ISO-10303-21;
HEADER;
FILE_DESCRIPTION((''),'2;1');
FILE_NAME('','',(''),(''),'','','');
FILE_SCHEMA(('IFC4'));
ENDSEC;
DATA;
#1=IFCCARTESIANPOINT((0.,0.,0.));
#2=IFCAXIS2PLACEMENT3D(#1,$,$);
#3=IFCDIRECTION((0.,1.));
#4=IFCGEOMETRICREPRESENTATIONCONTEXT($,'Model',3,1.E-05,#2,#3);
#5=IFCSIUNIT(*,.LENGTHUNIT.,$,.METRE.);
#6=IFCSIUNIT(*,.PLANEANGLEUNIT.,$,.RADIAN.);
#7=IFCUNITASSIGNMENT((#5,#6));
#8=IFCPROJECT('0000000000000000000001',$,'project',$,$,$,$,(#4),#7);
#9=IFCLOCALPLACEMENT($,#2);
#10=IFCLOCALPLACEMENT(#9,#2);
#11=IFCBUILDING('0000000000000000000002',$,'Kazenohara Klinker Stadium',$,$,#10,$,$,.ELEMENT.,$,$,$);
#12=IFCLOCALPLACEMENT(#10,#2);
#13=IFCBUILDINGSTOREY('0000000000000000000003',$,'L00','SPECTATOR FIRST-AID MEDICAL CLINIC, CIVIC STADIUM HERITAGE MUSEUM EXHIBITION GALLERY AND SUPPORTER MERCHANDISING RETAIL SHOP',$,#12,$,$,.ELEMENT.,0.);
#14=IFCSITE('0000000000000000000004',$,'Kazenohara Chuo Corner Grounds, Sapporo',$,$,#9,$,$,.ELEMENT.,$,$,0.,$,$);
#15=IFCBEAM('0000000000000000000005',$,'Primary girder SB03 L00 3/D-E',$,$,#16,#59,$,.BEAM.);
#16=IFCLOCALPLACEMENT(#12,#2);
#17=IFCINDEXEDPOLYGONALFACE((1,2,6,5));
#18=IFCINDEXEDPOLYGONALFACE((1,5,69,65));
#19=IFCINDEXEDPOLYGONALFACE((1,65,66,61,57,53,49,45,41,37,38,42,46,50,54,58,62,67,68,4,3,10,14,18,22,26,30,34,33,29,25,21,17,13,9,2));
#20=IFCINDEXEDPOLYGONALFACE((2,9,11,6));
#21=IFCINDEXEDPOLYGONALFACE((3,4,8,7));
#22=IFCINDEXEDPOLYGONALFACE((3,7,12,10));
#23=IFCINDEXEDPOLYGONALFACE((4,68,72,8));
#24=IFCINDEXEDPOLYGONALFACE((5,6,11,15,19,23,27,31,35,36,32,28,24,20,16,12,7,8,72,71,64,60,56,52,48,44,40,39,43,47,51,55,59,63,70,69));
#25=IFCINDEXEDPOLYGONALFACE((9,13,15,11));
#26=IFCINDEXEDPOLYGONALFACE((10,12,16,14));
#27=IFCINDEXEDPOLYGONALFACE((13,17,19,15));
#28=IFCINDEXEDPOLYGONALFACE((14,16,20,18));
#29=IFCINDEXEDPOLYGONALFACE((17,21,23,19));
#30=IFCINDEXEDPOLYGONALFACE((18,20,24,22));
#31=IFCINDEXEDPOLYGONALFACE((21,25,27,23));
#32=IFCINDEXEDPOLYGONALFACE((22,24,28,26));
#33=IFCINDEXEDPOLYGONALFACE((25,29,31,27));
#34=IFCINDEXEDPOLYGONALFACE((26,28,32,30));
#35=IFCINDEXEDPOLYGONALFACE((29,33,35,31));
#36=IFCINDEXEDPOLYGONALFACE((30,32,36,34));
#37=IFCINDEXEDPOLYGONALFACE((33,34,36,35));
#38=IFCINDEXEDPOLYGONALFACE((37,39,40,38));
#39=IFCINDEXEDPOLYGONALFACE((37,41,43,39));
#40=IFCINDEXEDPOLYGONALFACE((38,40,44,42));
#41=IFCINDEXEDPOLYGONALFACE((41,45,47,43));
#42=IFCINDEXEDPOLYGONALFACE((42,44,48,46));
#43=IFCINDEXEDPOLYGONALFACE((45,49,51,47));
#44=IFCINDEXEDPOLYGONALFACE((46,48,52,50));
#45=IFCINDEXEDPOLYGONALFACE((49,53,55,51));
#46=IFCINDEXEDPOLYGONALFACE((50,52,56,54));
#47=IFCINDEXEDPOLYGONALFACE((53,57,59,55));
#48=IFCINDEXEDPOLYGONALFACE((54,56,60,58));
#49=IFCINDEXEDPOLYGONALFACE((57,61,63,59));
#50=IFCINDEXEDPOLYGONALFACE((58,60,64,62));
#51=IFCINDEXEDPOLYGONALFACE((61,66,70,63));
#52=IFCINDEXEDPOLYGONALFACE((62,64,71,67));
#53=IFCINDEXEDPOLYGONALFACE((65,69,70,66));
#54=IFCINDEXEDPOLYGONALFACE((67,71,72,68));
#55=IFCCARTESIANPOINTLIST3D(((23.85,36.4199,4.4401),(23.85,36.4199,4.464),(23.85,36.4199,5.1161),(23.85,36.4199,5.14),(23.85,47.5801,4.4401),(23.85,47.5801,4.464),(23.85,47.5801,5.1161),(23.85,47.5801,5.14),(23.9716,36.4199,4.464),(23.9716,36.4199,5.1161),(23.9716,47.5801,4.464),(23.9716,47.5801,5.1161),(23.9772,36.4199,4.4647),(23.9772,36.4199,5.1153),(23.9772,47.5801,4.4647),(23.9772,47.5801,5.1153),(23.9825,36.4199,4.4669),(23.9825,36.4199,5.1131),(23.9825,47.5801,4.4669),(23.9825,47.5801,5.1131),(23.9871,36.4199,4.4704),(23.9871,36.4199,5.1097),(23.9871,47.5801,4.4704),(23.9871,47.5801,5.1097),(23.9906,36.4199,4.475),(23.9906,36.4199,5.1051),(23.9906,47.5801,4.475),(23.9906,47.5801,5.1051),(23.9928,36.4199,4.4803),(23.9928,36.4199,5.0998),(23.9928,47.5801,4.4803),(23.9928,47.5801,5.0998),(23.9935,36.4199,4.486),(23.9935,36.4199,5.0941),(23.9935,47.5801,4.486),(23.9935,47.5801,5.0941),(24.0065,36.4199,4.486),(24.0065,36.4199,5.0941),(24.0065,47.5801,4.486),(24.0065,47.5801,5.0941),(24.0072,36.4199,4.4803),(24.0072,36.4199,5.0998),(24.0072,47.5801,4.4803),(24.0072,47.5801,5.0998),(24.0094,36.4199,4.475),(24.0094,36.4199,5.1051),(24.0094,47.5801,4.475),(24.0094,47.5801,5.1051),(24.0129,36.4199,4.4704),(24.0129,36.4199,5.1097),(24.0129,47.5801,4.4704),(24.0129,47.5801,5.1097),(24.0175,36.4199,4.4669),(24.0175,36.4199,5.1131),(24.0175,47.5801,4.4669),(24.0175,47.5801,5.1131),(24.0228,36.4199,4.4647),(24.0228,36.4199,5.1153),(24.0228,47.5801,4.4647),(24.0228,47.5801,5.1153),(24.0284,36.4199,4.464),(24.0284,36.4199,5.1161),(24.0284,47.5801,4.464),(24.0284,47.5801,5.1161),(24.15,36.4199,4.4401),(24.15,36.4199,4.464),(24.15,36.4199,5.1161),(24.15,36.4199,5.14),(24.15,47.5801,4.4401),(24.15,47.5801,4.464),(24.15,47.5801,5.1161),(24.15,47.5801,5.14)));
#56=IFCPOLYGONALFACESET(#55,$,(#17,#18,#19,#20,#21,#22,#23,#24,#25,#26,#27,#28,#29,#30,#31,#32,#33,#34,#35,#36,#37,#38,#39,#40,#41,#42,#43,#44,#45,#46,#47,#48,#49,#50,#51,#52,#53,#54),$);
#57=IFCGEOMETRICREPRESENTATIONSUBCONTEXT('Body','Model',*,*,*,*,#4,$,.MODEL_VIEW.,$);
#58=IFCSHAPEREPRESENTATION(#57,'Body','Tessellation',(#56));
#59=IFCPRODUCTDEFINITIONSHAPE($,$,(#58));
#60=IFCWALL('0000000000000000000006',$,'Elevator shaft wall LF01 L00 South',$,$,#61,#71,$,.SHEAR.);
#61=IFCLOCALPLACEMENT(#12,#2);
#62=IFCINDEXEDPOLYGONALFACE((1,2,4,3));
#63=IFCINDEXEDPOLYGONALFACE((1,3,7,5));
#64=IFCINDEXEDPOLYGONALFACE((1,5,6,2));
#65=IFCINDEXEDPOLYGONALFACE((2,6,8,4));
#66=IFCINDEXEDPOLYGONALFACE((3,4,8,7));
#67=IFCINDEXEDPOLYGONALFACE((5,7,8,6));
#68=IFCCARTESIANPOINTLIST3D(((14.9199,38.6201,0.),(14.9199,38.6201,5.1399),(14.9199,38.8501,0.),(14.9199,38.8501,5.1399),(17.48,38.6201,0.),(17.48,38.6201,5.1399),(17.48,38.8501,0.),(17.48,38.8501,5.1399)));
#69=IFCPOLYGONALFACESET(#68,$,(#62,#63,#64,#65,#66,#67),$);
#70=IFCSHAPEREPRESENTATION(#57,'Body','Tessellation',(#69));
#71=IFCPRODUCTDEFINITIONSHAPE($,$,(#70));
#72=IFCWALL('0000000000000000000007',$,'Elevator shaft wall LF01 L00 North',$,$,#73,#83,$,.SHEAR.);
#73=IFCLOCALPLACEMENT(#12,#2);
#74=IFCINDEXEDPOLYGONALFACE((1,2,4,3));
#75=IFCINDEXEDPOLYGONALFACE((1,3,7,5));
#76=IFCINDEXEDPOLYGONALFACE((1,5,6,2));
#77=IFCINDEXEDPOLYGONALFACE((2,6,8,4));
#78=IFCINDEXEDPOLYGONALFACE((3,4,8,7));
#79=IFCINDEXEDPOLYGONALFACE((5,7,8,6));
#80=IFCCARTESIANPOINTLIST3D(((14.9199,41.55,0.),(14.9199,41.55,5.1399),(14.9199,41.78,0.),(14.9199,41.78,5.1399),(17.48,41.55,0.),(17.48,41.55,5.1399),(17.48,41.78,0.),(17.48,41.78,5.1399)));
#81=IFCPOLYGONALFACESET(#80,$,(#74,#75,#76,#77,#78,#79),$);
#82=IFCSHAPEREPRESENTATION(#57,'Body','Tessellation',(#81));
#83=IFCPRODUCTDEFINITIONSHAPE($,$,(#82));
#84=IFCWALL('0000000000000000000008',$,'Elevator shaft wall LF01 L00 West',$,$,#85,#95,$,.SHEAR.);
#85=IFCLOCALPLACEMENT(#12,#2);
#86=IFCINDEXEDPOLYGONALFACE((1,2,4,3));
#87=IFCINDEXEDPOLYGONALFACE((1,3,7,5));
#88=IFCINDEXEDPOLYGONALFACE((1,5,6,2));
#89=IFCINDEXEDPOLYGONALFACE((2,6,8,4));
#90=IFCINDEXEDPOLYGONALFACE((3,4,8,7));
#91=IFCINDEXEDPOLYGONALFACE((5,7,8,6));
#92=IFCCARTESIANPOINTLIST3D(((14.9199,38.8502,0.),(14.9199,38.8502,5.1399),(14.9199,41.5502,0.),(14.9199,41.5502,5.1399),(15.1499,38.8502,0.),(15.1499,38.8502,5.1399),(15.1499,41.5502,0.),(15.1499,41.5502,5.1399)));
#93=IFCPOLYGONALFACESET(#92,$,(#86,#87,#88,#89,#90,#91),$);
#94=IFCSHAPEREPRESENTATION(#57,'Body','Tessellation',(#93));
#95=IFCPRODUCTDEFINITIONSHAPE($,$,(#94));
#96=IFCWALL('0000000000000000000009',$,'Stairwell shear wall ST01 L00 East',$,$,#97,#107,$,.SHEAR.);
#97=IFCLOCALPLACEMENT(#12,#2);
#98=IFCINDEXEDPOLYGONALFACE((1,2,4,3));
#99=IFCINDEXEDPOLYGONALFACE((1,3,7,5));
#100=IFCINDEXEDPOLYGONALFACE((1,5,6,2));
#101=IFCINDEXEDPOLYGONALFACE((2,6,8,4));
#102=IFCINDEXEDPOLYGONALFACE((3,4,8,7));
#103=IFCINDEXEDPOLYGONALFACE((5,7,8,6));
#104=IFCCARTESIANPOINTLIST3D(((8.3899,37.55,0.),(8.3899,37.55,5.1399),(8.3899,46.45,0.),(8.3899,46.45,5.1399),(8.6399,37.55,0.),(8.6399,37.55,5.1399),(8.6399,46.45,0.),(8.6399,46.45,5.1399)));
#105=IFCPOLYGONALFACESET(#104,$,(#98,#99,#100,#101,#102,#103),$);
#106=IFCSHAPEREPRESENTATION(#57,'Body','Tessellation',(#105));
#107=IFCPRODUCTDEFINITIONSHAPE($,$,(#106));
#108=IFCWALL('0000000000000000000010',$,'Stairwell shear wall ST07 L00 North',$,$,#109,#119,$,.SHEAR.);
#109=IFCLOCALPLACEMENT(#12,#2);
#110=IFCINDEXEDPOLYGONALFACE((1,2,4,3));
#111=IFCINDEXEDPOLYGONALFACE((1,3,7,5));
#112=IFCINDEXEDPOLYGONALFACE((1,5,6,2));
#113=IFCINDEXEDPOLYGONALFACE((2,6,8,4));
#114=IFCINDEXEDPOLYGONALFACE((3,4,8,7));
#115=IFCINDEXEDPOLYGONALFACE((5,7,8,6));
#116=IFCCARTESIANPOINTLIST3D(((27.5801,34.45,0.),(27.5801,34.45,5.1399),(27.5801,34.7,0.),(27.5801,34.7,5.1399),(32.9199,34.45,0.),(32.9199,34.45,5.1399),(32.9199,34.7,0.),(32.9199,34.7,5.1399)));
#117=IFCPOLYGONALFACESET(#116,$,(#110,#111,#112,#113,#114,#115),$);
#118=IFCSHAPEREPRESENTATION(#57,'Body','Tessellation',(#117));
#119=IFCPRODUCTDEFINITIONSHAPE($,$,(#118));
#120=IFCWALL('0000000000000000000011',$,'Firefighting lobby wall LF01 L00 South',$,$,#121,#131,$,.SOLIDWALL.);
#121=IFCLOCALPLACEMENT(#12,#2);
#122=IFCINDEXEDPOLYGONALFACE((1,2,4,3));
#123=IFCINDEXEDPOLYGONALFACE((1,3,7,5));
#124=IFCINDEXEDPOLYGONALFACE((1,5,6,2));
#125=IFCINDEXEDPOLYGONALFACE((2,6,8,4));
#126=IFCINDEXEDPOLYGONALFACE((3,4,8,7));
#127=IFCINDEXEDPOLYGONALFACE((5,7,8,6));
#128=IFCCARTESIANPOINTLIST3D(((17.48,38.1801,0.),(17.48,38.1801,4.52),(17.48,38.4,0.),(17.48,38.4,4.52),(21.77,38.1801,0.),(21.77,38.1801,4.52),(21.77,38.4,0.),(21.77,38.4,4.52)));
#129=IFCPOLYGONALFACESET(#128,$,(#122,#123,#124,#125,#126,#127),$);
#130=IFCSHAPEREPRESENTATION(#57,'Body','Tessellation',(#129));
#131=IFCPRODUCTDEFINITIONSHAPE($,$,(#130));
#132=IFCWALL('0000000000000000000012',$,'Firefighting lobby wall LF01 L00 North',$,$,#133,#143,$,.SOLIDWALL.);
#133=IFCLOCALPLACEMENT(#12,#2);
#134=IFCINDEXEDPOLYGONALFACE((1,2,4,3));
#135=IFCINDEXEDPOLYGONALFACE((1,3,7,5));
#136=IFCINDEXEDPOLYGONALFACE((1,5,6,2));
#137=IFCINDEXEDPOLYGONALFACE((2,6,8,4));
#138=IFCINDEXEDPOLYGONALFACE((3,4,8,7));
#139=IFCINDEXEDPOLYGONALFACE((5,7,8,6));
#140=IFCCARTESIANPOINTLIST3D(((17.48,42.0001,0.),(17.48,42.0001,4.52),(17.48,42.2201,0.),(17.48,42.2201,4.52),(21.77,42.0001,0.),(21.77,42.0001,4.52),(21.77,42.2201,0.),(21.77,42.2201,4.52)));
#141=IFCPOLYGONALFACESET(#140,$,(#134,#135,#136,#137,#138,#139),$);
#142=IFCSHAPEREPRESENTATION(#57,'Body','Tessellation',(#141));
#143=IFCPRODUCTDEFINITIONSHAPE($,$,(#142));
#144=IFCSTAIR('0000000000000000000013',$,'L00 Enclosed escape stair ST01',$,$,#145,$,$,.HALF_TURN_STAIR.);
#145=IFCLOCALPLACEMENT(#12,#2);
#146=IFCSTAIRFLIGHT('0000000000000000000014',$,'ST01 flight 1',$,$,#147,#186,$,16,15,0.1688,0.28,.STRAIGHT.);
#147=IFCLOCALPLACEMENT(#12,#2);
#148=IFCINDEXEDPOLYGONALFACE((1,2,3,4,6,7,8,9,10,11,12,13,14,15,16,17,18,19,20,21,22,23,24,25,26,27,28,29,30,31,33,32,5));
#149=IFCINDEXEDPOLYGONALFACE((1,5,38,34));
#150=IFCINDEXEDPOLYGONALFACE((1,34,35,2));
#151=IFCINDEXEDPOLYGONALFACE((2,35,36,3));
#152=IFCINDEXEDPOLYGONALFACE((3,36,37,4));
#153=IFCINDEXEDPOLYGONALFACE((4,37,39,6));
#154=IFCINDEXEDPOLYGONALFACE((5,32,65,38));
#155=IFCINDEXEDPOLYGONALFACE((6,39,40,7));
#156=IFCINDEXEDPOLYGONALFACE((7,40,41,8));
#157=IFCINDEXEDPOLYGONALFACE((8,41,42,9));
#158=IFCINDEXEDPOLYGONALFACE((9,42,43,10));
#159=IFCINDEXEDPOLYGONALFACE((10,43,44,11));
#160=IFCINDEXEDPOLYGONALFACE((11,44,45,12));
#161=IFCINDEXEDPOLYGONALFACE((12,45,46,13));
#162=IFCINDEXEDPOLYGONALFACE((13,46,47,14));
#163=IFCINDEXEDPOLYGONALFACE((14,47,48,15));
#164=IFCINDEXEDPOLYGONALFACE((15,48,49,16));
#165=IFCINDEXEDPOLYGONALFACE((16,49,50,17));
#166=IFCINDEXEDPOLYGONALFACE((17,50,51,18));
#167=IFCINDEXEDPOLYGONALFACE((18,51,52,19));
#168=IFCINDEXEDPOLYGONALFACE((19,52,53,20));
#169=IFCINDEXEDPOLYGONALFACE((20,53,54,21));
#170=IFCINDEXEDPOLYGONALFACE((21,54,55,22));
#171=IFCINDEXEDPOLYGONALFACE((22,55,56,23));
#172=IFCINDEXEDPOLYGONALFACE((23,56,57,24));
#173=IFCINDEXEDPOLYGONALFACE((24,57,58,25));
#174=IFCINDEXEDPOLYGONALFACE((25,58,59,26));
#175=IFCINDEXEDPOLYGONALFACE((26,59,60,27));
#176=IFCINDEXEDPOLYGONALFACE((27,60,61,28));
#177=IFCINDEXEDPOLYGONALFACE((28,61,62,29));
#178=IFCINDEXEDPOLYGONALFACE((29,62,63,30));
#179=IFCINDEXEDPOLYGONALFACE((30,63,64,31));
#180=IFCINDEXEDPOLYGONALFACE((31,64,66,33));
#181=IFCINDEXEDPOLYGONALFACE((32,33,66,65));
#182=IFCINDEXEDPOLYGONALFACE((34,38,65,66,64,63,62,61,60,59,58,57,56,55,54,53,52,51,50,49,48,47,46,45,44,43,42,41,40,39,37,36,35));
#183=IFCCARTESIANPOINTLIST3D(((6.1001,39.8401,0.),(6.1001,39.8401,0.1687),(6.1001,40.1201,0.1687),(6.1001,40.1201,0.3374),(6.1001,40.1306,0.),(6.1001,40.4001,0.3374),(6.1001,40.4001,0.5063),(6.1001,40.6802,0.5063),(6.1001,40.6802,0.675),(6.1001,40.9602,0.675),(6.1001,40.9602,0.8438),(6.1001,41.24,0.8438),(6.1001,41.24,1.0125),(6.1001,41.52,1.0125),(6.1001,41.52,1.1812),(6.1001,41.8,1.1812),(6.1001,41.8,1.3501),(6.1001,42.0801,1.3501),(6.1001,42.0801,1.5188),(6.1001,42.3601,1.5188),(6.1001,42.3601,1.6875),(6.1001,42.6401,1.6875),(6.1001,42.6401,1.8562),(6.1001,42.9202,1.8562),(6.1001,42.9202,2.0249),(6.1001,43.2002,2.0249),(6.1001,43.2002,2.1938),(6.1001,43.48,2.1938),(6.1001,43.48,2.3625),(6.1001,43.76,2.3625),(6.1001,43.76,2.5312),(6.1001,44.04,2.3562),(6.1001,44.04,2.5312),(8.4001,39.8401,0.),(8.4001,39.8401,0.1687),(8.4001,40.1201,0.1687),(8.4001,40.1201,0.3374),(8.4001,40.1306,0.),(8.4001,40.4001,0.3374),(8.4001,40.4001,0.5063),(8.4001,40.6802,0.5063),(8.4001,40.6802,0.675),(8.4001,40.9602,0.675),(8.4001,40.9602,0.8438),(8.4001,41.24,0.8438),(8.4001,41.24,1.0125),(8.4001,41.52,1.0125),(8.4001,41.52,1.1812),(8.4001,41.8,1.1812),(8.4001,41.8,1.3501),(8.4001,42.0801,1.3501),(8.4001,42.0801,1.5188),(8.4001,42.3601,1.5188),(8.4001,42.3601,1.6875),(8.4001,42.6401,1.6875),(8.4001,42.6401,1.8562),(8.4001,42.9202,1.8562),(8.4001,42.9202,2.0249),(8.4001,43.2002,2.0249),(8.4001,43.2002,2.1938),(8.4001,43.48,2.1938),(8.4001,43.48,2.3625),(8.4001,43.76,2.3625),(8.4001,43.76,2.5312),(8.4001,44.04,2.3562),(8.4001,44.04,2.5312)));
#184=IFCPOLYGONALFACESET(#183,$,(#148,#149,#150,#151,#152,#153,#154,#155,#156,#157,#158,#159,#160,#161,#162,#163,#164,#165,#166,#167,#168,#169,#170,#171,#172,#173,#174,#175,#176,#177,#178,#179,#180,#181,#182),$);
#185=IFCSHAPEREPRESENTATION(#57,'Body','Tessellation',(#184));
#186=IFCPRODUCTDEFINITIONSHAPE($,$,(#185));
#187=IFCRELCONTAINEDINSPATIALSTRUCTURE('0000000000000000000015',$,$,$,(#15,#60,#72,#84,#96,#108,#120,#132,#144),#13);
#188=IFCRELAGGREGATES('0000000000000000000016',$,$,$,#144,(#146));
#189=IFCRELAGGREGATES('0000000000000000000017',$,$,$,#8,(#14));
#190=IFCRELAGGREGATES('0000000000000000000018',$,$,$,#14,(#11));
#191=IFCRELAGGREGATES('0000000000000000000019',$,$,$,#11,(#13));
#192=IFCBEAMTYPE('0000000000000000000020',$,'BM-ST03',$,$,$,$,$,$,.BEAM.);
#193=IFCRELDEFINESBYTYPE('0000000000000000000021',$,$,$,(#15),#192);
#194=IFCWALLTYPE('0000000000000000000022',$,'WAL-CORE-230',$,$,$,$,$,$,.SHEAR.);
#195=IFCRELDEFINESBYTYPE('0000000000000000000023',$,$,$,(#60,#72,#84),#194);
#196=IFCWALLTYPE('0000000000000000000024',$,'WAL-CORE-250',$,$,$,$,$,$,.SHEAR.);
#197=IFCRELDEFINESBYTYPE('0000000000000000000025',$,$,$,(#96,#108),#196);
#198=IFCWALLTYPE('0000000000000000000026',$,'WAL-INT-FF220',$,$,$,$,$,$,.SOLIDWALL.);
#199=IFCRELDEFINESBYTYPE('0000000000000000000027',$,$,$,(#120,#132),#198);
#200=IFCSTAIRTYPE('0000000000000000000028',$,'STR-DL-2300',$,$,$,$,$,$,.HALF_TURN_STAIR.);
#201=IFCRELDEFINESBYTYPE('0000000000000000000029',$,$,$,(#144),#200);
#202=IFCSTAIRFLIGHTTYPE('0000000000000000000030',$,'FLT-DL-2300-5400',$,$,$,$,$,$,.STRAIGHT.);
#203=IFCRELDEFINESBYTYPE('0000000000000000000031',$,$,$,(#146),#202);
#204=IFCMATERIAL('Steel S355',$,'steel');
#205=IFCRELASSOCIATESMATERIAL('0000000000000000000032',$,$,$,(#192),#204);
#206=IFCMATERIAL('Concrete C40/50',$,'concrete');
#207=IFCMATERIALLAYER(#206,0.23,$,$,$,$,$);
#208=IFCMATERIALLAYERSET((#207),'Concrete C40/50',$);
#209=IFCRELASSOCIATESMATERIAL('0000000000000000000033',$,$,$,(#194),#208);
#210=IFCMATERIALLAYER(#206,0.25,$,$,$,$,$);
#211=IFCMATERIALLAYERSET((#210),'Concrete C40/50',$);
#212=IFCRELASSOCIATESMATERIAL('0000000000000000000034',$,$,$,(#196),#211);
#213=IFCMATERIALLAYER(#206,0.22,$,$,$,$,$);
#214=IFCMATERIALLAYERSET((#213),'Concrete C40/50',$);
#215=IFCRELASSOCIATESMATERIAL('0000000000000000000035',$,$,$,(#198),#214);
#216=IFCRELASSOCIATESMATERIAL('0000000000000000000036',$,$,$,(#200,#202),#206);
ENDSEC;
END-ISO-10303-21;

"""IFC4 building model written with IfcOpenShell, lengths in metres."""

from ifc_helpers import new_model, si_unit, direction, frame, frame_2d, origin, origin_2d, place, context, subcontext, project, spatial, polyline, rectangle, i_section, outline, extrude, material, layer, layer_set, material_profile, profile_set, type_object, element, aggregate, save


model = new_model("IFC4")

# Units and contexts
model_context = context("Model", 3, precision=1e-05, world=origin(), true_north=direction((0.0, 1.0)))
body_context = subcontext(model_context, "Body", "Model", "MODEL_VIEW")
ifc_project = project(units=[si_unit("LENGTHUNIT", "METRE"), si_unit("PLANEANGLEUNIT", "RADIAN")], contexts=[model_context])

# Site, building, storey
site_placement = place(None, origin())
site = spatial("IfcSite", under=ifc_project, at=site_placement, Name="Kazenohara Chuo Corner Grounds, Sapporo", CompositionType="ELEMENT", RefElevation=0.0)
building_placement = place(site_placement, origin())
building = spatial("IfcBuilding", under=site, at=building_placement, Name="Kazenohara Klinker Stadium", CompositionType="ELEMENT")
storey_placement = place(building_placement, origin())
storey = spatial("IfcBuildingStorey", under=building, at=storey_placement, Name="L00", Description="SPECTATOR FIRST-AID MEDICAL CLINIC, CIVIC STADIUM HERITAGE MUSEUM EXHIBITION GALLERY AND SUPPORTER MERCHANDISING RETAIL SHOP", CompositionType="ELEMENT", Elevation=0.0)

# Shared definitions
ifc_material_1 = material(Name="Concrete C40/50", Category="concrete")

# Beam
ifc_material_2 = material(Name="Steel S355", Category="steel")
ifc_material_profile_1 = material_profile(ifc_material_2, i_section(OverallWidth=0.3, OverallDepth=0.7, WebThickness=0.0129, FlangeThickness=0.0239, FilletRadius=0.022, at=origin_2d()), Name="H-700x300x13x24")
ifc_profile_set_1 = profile_set([ifc_material_profile_1], Name="Steel S355")
beam_type_1 = type_object("IfcBeamType", Name="BM-ST03", PredefinedType="BEAM", material=ifc_profile_set_1)
beam_1_placement = place(storey_placement, frame((24.0, 36.4199, 4.79), z_axis=(0.0, 1.0, 0.0), x_axis=(-1.0, 0.0, 0.0)))
element("IfcBeam", 1, at=beam_1_placement, inside=storey, type_object=beam_type_1, Name="Primary girder SB03 L00 3/D-E", PredefinedType="BEAM", context=body_context, shape_type="SweptSolid", body=[
    extrude(i_section(OverallWidth=0.3, OverallDepth=0.7, WebThickness=0.0129, FlangeThickness=0.0239, FilletRadius=0.022, at=origin_2d()), origin(), (0.0, 0.0, 1.0), 11.1602),
])

# Walls
ifc_layer_1 = layer(ifc_material_1, 0.23)
ifc_layer_set_1 = layer_set([ifc_layer_1], Name="Concrete C40/50")
wall_type_1 = type_object("IfcWallType", Name="WAL-CORE-230", PredefinedType="SHEAR", material=ifc_layer_set_1)
for number, where, z_axis, x_axis, name in (
    (2, (14.9199, 38.7351, 0.0), (0.0, 0.0, 1.0), (1.0, 0.0, 0.0), "Elevator shaft wall LF01 L00 South"),
    (3, (14.9199, 41.665, 0.0), (0.0, 0.0, 1.0), (1.0, 0.0, 0.0), "Elevator shaft wall LF01 L00 North"),
):
    element("IfcWall", number, at=place(storey_placement, frame(where, z_axis=z_axis, x_axis=x_axis)), inside=storey, type_object=wall_type_1, Name=name, PredefinedType="SHEAR", context=body_context, shape_type="SweptSolid", body=[
        extrude(rectangle(XDim=2.5601, YDim=0.23, at=frame_2d((1.28, 0.0))), origin(), (0.0, 0.0, 1.0), 5.1399),
    ])
wall_1_placement = place(storey_placement, frame((15.0349, 38.8501, 0.0), z_axis=(0.0, 0.0, 1.0), x_axis=(0.0, 1.0, 0.0)))
element("IfcWall", 4, at=wall_1_placement, inside=storey, type_object=wall_type_1, Name="Elevator shaft wall LF01 L00 West", PredefinedType="SHEAR", context=body_context, shape_type="SweptSolid", body=[
    extrude(rectangle(XDim=2.7, YDim=0.23, at=frame_2d((1.3501, 0.0))), origin(), (0.0, 0.0, 1.0), 5.1399),
])

# Walls
ifc_layer_2 = layer(ifc_material_1, 0.25)
ifc_layer_set_2 = layer_set([ifc_layer_2], Name="Concrete C40/50")
wall_type_2 = type_object("IfcWallType", Name="WAL-CORE-250", PredefinedType="SHEAR", material=ifc_layer_set_2)
wall_2_placement = place(storey_placement, frame((8.5149, 37.55, 0.0), z_axis=(0.0, 0.0, 1.0), x_axis=(0.0, 1.0, 0.0)))
element("IfcWall", 5, at=wall_2_placement, inside=storey, type_object=wall_type_2, Name="Stairwell shear wall ST01 L00 East", PredefinedType="SHEAR", context=body_context, shape_type="SweptSolid", body=[
    extrude(rectangle(XDim=8.8999, YDim=0.25, at=frame_2d((4.45, 0.0))), origin(), (0.0, 0.0, 1.0), 5.1399),
])
wall_3_placement = place(storey_placement, frame((27.5801, 34.575, 0.0), z_axis=(0.0, 0.0, 1.0), x_axis=(1.0, 0.0, 0.0)))
element("IfcWall", 6, at=wall_3_placement, inside=storey, type_object=wall_type_2, Name="Stairwell shear wall ST07 L00 North", PredefinedType="SHEAR", context=body_context, shape_type="SweptSolid", body=[
    extrude(rectangle(XDim=5.3398, YDim=0.25, at=frame_2d((2.6699, 0.0))), origin(), (0.0, 0.0, 1.0), 5.1399),
])

# Walls
ifc_layer_3 = layer(ifc_material_1, 0.22)
ifc_layer_set_3 = layer_set([ifc_layer_3], Name="Concrete C40/50")
wall_type_3 = type_object("IfcWallType", Name="WAL-INT-FF220", PredefinedType="SOLIDWALL", material=ifc_layer_set_3)
for number, where, z_axis, x_axis, name in (
    (7, (17.48, 38.29, 0.0), (0.0, 0.0, 1.0), (1.0, 0.0, 0.0), "Firefighting lobby wall LF01 L00 South"),
    (8, (17.48, 42.1101, 0.0), (0.0, 0.0, 1.0), (1.0, 0.0, 0.0), "Firefighting lobby wall LF01 L00 North"),
):
    element("IfcWall", number, at=place(storey_placement, frame(where, z_axis=z_axis, x_axis=x_axis)), inside=storey, type_object=wall_type_3, Name=name, PredefinedType="SOLIDWALL", context=body_context, shape_type="SweptSolid", body=[
        extrude(rectangle(XDim=4.29, YDim=0.22, at=frame_2d((2.145, 0.0))), origin(), (0.0, 0.0, 1.0), 4.52),
    ])

# Stair, stair flight
stair_type = type_object("IfcStairType", Name="STR-DL-2300", PredefinedType="HALF_TURN_STAIR", material=ifc_material_1)
stair_placement = place(storey_placement, origin())
stair = element("IfcStair", 9, at=stair_placement, inside=storey, type_object=stair_type, Name="L00 Enclosed escape stair ST01", PredefinedType="HALF_TURN_STAIR")
stair_flight_type = type_object("IfcStairFlightType", Name="FLT-DL-2300-5400", PredefinedType="STRAIGHT", material=ifc_material_1)
stair_flight_1_placement = place(storey_placement, frame((7.25, 39.8401, 0.0), z_axis=(0.0, 0.0, 1.0), x_axis=(0.0, 1.0, 0.0)))
stair_flight_1 = element("IfcStairFlight", 10, at=stair_flight_1_placement, type_object=stair_flight_type, Name="ST01 flight 1", NumberOfRisers=16, NumberOfTreads=15, PredefinedType="STRAIGHT", RiserHeight=0.1688, TreadLength=0.28, context=body_context, shape_type="SweptSolid", body=[
    extrude(outline(polyline([(0.0, 0.0), (0.0, 0.1687), (0.28, 0.1687), (0.28, 0.3374), (0.5601, 0.3374), (0.5601, 0.5063), (0.8401, 0.5063), (0.8401, 0.675), (1.1201, 0.675), (1.1201, 0.8438), (1.3999, 0.8438), (1.3999, 1.0125), (1.6799, 1.0125), (1.6799, 1.1812), (1.96, 1.1812), (1.96, 1.3501), (2.24, 1.3501), (2.24, 1.5188), (2.52, 1.5188), (2.52, 1.6875), (2.8, 1.6875), (2.8, 1.8562), (3.0801, 1.8562), (3.0801, 2.0249), (3.3601, 2.0249), (3.3601, 2.1938), (3.6399, 2.1938), (3.6399, 2.3625), (3.9199, 2.3625), (3.9199, 2.5312), (4.2, 2.5312), (4.2, 2.7), (4.2, 2.3562), (0.2905, 0.0), (0.0, 0.0)])), frame((0.0, 1.1499, 0.0), z_axis=(0.0, -1.0, 0.0), x_axis=(1.0, 0.0, 0.0)), (0.0, 0.0, 1.0), 2.3),
])
aggregate(stair, [stair_flight_1])

save(model, "model.ifc")
